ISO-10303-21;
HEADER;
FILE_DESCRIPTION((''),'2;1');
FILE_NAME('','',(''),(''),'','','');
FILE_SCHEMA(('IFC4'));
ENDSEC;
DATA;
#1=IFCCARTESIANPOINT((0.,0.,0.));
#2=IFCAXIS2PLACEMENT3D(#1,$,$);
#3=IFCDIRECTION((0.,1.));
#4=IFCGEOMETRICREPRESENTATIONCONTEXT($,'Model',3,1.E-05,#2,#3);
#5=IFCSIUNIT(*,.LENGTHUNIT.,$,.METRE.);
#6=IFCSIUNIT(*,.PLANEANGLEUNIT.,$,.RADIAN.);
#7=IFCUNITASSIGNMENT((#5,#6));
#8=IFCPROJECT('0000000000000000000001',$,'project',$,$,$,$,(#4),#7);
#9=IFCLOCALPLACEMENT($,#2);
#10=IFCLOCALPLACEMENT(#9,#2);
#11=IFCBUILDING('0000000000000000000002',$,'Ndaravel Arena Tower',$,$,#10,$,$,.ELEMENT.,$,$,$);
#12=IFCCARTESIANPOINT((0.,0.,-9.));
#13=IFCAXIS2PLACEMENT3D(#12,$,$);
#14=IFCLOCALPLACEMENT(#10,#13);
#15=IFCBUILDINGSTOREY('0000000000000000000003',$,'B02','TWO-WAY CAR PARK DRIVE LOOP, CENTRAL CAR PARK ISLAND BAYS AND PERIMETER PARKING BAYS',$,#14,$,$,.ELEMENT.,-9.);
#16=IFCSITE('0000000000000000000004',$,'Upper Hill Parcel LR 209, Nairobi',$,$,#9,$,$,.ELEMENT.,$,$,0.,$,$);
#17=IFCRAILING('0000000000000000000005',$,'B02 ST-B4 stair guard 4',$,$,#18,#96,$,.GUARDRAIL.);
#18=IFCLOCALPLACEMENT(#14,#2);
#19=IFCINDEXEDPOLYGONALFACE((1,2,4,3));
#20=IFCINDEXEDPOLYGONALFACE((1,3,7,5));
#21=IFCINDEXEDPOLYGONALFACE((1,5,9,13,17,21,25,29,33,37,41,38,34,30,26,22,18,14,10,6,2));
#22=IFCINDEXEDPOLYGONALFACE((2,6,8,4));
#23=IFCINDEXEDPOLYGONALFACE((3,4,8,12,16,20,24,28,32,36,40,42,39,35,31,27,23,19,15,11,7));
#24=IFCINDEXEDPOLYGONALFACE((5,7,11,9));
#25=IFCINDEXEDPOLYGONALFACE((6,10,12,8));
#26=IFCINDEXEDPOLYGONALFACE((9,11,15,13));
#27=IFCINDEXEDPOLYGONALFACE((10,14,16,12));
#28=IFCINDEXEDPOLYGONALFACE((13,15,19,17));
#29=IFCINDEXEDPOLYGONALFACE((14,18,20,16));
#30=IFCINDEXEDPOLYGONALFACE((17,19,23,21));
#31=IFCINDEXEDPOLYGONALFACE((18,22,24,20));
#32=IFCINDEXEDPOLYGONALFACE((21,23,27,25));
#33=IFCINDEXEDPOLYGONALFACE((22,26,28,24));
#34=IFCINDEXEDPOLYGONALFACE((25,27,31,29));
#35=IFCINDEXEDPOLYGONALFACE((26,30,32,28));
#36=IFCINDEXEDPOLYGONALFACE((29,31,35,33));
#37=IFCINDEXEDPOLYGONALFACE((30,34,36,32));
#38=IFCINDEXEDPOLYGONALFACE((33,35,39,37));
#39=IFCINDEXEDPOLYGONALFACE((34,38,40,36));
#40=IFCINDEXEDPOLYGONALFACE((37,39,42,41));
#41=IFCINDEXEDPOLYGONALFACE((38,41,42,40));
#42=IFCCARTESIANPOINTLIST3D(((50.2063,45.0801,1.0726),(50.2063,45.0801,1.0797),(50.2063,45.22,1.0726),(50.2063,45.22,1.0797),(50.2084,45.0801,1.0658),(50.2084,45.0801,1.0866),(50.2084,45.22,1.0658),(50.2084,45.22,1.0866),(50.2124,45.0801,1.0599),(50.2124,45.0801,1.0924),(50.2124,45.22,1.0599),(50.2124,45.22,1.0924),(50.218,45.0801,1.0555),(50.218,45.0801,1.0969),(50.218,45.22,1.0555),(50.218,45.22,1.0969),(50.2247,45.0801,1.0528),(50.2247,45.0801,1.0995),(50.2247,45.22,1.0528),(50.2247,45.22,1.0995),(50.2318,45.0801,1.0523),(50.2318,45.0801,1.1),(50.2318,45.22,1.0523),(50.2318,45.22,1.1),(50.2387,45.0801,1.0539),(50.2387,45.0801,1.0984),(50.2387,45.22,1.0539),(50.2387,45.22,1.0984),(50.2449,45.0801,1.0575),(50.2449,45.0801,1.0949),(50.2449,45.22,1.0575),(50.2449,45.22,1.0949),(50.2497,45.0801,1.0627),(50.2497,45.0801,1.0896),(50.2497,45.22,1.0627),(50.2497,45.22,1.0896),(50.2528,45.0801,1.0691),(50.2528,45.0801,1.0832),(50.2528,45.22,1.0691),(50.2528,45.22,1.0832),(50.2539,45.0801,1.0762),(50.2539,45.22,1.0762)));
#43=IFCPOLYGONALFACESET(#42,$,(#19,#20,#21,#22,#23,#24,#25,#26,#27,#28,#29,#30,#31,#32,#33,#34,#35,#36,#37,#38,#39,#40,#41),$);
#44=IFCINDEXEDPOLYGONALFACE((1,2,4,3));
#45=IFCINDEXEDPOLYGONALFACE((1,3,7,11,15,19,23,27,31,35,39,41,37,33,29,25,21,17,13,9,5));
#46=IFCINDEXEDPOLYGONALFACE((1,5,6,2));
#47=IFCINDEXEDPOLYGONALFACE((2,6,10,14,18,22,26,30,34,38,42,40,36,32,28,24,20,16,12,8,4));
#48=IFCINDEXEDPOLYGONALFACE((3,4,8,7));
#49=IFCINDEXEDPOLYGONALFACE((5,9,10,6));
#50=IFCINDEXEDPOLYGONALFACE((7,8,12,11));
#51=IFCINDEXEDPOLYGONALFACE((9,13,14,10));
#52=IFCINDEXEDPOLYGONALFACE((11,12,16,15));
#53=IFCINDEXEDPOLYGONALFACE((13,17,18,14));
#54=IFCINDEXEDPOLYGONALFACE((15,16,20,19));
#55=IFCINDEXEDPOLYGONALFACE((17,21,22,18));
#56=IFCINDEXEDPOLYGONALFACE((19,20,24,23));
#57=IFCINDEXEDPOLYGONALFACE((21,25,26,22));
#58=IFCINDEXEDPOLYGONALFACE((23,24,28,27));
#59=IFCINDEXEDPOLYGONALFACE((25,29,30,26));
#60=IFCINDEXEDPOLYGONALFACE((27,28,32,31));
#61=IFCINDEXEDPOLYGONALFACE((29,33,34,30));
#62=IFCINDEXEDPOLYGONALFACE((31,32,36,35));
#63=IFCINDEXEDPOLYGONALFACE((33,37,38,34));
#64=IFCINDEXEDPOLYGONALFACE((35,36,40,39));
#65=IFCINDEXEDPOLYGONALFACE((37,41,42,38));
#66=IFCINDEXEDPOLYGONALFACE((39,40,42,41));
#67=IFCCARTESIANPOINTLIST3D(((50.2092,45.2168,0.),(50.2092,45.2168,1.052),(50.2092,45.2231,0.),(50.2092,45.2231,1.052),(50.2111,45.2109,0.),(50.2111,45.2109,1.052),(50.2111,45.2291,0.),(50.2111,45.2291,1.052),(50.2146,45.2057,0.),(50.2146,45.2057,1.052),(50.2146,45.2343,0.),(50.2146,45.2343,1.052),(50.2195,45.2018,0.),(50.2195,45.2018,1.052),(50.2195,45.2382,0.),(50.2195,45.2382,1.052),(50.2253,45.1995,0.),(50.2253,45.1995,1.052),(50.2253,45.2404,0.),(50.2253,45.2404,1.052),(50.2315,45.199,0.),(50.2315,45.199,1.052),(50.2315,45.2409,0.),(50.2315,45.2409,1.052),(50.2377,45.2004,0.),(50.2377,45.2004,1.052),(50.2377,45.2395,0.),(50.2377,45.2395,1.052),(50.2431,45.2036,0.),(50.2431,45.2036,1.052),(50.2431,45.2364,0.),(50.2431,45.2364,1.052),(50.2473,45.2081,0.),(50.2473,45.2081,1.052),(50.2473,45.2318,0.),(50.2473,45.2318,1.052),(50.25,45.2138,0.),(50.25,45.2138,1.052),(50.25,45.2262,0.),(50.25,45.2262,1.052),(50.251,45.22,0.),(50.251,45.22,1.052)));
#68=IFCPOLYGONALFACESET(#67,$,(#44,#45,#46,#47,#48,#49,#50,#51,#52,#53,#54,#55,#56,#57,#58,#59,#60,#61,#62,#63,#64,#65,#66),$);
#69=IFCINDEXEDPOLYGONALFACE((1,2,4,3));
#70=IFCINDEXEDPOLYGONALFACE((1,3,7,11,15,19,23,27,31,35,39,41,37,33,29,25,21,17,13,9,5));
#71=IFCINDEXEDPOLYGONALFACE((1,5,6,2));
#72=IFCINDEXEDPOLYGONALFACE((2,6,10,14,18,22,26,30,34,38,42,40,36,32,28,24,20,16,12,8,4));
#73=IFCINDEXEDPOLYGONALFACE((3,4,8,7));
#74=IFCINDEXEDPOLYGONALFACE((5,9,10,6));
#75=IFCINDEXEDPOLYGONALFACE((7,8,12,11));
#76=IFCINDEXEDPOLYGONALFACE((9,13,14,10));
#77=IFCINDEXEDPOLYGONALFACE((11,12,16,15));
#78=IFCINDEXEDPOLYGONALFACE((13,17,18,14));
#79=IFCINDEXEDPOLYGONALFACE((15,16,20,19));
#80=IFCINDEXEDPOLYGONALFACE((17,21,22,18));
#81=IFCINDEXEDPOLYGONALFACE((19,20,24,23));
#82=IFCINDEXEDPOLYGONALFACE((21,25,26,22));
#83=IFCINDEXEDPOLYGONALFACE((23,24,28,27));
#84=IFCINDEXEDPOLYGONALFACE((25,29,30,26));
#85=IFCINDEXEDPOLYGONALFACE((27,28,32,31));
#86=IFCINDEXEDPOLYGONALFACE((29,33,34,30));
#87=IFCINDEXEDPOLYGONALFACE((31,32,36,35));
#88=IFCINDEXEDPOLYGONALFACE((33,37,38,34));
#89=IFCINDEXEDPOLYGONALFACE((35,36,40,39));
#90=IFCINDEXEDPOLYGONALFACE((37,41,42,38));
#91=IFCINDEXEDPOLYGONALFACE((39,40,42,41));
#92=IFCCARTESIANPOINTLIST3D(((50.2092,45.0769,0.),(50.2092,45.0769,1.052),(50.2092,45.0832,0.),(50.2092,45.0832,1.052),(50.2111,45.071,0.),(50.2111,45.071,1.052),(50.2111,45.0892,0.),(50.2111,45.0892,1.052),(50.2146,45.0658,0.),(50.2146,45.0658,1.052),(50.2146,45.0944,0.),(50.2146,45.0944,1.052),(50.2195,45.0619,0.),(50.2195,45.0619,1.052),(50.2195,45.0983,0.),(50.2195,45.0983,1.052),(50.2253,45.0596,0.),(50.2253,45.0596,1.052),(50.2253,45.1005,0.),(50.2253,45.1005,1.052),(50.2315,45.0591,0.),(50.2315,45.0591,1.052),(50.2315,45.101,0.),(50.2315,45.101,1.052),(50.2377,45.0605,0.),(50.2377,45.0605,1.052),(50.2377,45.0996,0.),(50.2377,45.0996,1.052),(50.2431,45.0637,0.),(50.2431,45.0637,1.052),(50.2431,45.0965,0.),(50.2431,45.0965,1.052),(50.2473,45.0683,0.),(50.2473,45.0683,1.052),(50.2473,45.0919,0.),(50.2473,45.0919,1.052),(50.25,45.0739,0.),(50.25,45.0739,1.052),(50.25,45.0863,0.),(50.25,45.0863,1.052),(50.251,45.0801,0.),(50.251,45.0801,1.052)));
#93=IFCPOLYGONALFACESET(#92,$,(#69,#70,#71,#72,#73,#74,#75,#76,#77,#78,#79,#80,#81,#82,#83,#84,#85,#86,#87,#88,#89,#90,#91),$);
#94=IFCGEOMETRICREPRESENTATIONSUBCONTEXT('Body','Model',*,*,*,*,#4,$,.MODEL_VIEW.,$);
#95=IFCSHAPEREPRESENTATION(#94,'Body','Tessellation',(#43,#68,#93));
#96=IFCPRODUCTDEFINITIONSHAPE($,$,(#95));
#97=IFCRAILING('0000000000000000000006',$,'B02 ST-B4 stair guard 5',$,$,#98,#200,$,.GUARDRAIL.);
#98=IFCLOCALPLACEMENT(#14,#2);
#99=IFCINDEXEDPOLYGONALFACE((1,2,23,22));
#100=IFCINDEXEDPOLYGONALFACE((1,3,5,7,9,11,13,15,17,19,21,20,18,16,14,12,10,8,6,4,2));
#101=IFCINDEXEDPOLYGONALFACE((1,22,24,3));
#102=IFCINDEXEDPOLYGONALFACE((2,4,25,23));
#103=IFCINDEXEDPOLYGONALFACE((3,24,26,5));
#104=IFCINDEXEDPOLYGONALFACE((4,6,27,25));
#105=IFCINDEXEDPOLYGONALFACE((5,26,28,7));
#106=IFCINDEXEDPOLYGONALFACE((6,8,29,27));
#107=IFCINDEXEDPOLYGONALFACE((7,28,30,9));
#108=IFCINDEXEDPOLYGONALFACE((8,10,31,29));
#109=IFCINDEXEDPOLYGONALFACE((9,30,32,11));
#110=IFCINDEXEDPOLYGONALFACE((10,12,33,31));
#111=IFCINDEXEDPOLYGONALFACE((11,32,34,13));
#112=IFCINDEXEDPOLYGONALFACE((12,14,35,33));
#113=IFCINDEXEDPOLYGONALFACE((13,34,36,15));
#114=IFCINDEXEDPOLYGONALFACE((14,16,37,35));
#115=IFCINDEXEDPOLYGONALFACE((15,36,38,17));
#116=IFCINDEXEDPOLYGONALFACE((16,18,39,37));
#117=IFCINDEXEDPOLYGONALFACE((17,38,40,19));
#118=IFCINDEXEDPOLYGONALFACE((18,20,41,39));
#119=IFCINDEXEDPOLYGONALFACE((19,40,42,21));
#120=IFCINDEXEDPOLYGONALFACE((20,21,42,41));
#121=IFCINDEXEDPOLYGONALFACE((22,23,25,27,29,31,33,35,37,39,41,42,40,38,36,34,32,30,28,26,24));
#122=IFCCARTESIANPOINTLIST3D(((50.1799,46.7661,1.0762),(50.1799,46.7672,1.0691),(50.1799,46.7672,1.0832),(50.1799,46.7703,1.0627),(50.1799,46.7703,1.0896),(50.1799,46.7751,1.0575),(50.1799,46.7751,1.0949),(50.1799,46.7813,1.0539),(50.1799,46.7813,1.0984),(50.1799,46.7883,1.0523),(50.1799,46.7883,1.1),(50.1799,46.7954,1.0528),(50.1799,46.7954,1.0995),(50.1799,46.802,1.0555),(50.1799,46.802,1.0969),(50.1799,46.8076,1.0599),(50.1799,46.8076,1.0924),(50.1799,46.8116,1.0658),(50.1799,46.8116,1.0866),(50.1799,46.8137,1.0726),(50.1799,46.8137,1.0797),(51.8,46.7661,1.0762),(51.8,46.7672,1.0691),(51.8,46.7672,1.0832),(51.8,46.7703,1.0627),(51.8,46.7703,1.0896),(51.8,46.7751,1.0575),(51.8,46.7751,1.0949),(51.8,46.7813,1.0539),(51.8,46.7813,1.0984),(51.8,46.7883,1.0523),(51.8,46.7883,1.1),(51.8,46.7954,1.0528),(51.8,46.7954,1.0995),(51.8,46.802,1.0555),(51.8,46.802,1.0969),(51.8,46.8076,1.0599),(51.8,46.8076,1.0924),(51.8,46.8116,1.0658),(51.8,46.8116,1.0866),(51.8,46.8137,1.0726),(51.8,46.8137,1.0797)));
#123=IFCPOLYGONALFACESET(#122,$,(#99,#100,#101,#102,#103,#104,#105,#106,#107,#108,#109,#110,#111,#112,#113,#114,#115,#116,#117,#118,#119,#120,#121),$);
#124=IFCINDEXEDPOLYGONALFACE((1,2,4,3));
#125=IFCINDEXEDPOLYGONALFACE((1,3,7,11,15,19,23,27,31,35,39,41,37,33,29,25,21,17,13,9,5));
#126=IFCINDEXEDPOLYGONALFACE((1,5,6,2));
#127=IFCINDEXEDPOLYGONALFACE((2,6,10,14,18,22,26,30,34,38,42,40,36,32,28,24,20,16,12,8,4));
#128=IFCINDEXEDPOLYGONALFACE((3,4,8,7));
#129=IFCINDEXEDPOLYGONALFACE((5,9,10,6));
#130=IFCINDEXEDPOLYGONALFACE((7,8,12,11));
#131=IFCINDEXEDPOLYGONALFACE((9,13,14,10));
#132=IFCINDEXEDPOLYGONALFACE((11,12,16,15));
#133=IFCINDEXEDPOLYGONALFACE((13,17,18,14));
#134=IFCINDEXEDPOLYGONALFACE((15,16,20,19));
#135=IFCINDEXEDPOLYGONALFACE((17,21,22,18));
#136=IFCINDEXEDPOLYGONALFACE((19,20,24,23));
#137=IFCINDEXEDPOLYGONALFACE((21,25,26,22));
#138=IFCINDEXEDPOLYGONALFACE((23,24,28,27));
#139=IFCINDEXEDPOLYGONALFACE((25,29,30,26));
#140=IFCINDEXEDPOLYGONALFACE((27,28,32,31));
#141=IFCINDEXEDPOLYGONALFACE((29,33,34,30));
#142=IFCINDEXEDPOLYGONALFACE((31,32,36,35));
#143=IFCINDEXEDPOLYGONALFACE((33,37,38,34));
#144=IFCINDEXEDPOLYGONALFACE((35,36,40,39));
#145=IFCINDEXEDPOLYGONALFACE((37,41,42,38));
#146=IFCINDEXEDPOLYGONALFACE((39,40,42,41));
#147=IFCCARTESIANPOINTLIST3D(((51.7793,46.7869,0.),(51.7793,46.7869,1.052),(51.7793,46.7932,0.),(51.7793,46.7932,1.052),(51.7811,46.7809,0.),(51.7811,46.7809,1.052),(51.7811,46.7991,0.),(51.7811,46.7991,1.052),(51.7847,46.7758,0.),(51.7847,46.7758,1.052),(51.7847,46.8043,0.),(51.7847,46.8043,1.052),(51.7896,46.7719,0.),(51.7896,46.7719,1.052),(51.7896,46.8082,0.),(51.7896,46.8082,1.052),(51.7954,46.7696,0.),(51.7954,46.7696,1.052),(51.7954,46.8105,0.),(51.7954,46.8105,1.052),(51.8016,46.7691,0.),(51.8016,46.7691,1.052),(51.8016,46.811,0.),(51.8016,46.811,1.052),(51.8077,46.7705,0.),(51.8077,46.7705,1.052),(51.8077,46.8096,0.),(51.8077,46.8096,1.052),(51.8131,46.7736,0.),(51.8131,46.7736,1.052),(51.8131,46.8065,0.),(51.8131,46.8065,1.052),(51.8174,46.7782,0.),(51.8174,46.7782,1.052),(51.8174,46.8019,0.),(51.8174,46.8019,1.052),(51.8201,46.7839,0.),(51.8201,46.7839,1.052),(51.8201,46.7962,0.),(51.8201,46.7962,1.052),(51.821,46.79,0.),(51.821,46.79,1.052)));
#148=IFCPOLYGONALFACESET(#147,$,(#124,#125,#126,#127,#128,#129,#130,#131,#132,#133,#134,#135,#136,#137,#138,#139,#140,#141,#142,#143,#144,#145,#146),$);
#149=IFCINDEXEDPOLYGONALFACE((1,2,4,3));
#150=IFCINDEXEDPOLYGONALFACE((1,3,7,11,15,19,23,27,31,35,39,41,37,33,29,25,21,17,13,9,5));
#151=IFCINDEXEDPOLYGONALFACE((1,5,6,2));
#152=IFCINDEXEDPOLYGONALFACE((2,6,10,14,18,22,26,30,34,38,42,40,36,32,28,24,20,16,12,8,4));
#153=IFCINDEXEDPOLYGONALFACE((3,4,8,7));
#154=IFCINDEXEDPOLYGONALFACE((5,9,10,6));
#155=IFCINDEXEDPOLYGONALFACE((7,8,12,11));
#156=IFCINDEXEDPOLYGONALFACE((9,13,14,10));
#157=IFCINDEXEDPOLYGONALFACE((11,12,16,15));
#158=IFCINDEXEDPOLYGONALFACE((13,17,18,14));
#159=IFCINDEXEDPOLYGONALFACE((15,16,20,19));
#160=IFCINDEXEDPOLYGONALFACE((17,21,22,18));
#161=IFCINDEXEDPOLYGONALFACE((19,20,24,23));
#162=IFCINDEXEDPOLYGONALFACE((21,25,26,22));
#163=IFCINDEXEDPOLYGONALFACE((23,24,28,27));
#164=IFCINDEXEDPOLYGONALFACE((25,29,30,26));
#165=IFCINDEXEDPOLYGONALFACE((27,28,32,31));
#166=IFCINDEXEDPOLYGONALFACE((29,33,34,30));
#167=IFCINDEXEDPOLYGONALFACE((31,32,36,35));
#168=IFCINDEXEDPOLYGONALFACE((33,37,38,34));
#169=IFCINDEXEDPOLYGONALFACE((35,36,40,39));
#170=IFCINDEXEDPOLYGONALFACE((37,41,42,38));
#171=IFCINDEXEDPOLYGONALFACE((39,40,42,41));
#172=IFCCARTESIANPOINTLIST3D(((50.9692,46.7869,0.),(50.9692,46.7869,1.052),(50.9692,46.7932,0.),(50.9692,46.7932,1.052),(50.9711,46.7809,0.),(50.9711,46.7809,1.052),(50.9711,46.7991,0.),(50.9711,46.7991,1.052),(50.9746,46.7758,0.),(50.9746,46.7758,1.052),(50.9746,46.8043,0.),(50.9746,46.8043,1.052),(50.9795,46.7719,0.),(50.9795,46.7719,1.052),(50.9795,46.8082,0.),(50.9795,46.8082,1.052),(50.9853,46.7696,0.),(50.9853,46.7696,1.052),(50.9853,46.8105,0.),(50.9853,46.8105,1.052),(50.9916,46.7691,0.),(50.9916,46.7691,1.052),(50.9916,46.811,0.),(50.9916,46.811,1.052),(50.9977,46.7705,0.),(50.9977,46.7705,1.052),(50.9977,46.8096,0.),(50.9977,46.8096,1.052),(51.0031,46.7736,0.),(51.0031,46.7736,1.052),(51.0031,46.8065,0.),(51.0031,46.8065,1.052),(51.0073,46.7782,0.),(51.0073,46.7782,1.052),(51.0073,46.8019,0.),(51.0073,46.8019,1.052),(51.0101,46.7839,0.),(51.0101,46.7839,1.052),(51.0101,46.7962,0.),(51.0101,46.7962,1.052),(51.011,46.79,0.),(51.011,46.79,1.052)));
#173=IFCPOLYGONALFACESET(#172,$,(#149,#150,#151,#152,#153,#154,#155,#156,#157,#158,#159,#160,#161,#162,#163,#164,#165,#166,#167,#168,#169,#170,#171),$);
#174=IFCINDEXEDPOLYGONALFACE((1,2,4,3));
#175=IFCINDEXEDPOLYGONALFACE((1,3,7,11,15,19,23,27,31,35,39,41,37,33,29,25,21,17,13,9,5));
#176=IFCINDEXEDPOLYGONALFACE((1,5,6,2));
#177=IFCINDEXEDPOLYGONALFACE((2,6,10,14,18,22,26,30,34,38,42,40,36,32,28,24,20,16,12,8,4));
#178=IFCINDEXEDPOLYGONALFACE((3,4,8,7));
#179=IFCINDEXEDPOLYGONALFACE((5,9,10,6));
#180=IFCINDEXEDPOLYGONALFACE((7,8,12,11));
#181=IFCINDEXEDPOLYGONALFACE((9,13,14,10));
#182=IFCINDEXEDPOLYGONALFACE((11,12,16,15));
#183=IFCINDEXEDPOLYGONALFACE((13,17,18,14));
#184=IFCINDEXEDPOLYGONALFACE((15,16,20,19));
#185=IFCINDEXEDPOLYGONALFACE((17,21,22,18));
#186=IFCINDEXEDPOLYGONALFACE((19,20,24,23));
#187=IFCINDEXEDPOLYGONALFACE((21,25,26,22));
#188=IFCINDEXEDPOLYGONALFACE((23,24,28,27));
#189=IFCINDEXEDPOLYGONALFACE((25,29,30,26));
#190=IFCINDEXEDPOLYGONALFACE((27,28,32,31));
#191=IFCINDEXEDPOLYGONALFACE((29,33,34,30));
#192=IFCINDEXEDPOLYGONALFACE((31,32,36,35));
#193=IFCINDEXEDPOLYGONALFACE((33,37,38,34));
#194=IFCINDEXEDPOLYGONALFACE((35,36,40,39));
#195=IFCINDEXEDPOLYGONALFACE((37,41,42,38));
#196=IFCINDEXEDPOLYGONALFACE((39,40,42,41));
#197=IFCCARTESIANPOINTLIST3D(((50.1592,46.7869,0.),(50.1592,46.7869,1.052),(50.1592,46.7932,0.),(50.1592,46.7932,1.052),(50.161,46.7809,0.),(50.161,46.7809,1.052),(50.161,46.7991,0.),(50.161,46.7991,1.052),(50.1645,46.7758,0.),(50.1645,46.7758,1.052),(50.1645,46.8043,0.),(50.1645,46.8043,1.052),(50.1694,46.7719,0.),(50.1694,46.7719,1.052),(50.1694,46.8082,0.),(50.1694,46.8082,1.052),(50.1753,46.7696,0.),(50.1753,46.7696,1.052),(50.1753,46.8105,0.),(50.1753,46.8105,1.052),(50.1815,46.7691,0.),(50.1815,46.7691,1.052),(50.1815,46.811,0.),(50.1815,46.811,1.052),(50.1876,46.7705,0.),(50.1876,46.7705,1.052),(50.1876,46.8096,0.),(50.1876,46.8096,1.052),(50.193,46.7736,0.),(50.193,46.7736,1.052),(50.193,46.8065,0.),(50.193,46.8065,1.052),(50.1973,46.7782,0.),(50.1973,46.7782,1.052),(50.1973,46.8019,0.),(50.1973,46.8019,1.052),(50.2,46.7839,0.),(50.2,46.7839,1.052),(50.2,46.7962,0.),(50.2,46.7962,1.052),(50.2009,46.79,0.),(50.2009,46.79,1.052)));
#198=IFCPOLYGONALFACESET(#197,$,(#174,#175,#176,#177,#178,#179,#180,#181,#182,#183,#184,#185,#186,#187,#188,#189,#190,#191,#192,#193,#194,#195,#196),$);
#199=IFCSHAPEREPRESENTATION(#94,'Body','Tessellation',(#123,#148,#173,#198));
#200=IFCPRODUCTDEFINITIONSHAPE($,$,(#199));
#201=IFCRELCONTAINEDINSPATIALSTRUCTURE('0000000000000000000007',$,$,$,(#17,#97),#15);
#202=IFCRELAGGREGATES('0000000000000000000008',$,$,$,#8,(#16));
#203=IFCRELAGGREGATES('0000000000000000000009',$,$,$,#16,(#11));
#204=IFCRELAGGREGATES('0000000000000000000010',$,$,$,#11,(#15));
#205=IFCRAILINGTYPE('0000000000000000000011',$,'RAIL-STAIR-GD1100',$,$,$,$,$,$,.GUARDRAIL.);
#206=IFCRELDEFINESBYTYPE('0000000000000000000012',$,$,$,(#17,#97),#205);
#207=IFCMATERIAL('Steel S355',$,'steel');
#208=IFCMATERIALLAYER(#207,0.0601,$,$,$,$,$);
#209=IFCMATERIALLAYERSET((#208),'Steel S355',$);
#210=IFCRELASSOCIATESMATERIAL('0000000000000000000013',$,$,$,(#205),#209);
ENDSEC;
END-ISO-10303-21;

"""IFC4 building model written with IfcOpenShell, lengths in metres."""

from ifc_helpers import new_model, si_unit, direction, frame, origin, origin_2d, place, context, subcontext, project, spatial, circle, extrude, material, layer, layer_set, type_object, element, save


model = new_model("IFC4")

# Units and contexts
model_context = context("Model", 3, precision=1e-05, world=origin(), true_north=direction((0.0, 1.0)))
body_context = subcontext(model_context, "Body", "Model", "MODEL_VIEW")
ifc_project = project(units=[si_unit("LENGTHUNIT", "METRE"), si_unit("PLANEANGLEUNIT", "RADIAN")], contexts=[model_context])

# Site, building, storey
site_placement = place(None, origin())
site = spatial("IfcSite", under=ifc_project, at=site_placement, Name="Upper Hill Parcel LR 209, Nairobi", CompositionType="ELEMENT", RefElevation=0.0)
building_placement = place(site_placement, origin())
building = spatial("IfcBuilding", under=site, at=building_placement, Name="Ndaravel Arena Tower", CompositionType="ELEMENT")
storey_placement = place(building_placement, frame((0.0, 0.0, -9.0)))
storey = spatial("IfcBuildingStorey", under=building, at=storey_placement, Name="B02", Description="TWO-WAY CAR PARK DRIVE LOOP, CENTRAL CAR PARK ISLAND BAYS AND PERIMETER PARKING BAYS", CompositionType="ELEMENT", Elevation=-9.0)

# Railings
ifc_material_1 = material(Name="Steel S355", Category="steel")
ifc_layer_1 = layer(ifc_material_1, 0.0601)
ifc_layer_set_1 = layer_set([ifc_layer_1], Name="Steel S355")
railing_type_1 = type_object("IfcRailingType", Name="RAIL-STAIR-GD1100", PredefinedType="GUARDRAIL", material=ifc_layer_set_1)
railing_1_placement = place(storey_placement, frame((50.23, 45.22, 0.0)))
element("IfcRailing", 1, at=railing_1_placement, inside=storey, type_object=railing_type_1, Name="B02 ST-B4 stair guard 4", PredefinedType="GUARDRAIL", context=body_context, shape_type="SweptSolid", body=[
    extrude(circle(Radius=0.0239, at=origin_2d()), frame((0.0, 0.0, 1.0762), z_axis=(0.0, -1.0, 0.0), x_axis=(1.0, 0.0, 0.0)), (0.0, 0.0, 1.0), 0.1399),
    extrude(circle(Radius=0.021, at=origin_2d()), origin(), (0.0, 0.0, 1.0), 1.052),
    extrude(circle(Radius=0.021, at=origin_2d()), frame((0.0, -0.1399, 0.0)), (0.0, 0.0, 1.0), 1.052),
])
for number, where, name in (
    (2, (51.8, 46.79, 0.0), "B02 ST-B4 stair guard 5"),
):
    element("IfcRailing", number, at=place(storey_placement, frame(where)), inside=storey, type_object=railing_type_1, Name=name, PredefinedType="GUARDRAIL", context=body_context, shape_type="SweptSolid", body=[
        extrude(circle(Radius=0.0239, at=origin_2d()), frame((0.0, 0.0, 1.0762), z_axis=(-1.0, 0.0, 0.0), x_axis=(0.0, -1.0, 0.0)), (0.0, 0.0, 1.0), 1.6201),
        extrude(circle(Radius=0.021, at=origin_2d()), origin(), (0.0, 0.0, 1.0), 1.052),
        extrude(circle(Radius=0.021, at=origin_2d()), frame((-0.8101, 0.0, 0.0)), (0.0, 0.0, 1.0), 1.052),
        extrude(circle(Radius=0.021, at=origin_2d()), frame((-1.6201, 0.0, 0.0)), (0.0, 0.0, 1.0), 1.052),
    ])

save(model, "model.ifc")
